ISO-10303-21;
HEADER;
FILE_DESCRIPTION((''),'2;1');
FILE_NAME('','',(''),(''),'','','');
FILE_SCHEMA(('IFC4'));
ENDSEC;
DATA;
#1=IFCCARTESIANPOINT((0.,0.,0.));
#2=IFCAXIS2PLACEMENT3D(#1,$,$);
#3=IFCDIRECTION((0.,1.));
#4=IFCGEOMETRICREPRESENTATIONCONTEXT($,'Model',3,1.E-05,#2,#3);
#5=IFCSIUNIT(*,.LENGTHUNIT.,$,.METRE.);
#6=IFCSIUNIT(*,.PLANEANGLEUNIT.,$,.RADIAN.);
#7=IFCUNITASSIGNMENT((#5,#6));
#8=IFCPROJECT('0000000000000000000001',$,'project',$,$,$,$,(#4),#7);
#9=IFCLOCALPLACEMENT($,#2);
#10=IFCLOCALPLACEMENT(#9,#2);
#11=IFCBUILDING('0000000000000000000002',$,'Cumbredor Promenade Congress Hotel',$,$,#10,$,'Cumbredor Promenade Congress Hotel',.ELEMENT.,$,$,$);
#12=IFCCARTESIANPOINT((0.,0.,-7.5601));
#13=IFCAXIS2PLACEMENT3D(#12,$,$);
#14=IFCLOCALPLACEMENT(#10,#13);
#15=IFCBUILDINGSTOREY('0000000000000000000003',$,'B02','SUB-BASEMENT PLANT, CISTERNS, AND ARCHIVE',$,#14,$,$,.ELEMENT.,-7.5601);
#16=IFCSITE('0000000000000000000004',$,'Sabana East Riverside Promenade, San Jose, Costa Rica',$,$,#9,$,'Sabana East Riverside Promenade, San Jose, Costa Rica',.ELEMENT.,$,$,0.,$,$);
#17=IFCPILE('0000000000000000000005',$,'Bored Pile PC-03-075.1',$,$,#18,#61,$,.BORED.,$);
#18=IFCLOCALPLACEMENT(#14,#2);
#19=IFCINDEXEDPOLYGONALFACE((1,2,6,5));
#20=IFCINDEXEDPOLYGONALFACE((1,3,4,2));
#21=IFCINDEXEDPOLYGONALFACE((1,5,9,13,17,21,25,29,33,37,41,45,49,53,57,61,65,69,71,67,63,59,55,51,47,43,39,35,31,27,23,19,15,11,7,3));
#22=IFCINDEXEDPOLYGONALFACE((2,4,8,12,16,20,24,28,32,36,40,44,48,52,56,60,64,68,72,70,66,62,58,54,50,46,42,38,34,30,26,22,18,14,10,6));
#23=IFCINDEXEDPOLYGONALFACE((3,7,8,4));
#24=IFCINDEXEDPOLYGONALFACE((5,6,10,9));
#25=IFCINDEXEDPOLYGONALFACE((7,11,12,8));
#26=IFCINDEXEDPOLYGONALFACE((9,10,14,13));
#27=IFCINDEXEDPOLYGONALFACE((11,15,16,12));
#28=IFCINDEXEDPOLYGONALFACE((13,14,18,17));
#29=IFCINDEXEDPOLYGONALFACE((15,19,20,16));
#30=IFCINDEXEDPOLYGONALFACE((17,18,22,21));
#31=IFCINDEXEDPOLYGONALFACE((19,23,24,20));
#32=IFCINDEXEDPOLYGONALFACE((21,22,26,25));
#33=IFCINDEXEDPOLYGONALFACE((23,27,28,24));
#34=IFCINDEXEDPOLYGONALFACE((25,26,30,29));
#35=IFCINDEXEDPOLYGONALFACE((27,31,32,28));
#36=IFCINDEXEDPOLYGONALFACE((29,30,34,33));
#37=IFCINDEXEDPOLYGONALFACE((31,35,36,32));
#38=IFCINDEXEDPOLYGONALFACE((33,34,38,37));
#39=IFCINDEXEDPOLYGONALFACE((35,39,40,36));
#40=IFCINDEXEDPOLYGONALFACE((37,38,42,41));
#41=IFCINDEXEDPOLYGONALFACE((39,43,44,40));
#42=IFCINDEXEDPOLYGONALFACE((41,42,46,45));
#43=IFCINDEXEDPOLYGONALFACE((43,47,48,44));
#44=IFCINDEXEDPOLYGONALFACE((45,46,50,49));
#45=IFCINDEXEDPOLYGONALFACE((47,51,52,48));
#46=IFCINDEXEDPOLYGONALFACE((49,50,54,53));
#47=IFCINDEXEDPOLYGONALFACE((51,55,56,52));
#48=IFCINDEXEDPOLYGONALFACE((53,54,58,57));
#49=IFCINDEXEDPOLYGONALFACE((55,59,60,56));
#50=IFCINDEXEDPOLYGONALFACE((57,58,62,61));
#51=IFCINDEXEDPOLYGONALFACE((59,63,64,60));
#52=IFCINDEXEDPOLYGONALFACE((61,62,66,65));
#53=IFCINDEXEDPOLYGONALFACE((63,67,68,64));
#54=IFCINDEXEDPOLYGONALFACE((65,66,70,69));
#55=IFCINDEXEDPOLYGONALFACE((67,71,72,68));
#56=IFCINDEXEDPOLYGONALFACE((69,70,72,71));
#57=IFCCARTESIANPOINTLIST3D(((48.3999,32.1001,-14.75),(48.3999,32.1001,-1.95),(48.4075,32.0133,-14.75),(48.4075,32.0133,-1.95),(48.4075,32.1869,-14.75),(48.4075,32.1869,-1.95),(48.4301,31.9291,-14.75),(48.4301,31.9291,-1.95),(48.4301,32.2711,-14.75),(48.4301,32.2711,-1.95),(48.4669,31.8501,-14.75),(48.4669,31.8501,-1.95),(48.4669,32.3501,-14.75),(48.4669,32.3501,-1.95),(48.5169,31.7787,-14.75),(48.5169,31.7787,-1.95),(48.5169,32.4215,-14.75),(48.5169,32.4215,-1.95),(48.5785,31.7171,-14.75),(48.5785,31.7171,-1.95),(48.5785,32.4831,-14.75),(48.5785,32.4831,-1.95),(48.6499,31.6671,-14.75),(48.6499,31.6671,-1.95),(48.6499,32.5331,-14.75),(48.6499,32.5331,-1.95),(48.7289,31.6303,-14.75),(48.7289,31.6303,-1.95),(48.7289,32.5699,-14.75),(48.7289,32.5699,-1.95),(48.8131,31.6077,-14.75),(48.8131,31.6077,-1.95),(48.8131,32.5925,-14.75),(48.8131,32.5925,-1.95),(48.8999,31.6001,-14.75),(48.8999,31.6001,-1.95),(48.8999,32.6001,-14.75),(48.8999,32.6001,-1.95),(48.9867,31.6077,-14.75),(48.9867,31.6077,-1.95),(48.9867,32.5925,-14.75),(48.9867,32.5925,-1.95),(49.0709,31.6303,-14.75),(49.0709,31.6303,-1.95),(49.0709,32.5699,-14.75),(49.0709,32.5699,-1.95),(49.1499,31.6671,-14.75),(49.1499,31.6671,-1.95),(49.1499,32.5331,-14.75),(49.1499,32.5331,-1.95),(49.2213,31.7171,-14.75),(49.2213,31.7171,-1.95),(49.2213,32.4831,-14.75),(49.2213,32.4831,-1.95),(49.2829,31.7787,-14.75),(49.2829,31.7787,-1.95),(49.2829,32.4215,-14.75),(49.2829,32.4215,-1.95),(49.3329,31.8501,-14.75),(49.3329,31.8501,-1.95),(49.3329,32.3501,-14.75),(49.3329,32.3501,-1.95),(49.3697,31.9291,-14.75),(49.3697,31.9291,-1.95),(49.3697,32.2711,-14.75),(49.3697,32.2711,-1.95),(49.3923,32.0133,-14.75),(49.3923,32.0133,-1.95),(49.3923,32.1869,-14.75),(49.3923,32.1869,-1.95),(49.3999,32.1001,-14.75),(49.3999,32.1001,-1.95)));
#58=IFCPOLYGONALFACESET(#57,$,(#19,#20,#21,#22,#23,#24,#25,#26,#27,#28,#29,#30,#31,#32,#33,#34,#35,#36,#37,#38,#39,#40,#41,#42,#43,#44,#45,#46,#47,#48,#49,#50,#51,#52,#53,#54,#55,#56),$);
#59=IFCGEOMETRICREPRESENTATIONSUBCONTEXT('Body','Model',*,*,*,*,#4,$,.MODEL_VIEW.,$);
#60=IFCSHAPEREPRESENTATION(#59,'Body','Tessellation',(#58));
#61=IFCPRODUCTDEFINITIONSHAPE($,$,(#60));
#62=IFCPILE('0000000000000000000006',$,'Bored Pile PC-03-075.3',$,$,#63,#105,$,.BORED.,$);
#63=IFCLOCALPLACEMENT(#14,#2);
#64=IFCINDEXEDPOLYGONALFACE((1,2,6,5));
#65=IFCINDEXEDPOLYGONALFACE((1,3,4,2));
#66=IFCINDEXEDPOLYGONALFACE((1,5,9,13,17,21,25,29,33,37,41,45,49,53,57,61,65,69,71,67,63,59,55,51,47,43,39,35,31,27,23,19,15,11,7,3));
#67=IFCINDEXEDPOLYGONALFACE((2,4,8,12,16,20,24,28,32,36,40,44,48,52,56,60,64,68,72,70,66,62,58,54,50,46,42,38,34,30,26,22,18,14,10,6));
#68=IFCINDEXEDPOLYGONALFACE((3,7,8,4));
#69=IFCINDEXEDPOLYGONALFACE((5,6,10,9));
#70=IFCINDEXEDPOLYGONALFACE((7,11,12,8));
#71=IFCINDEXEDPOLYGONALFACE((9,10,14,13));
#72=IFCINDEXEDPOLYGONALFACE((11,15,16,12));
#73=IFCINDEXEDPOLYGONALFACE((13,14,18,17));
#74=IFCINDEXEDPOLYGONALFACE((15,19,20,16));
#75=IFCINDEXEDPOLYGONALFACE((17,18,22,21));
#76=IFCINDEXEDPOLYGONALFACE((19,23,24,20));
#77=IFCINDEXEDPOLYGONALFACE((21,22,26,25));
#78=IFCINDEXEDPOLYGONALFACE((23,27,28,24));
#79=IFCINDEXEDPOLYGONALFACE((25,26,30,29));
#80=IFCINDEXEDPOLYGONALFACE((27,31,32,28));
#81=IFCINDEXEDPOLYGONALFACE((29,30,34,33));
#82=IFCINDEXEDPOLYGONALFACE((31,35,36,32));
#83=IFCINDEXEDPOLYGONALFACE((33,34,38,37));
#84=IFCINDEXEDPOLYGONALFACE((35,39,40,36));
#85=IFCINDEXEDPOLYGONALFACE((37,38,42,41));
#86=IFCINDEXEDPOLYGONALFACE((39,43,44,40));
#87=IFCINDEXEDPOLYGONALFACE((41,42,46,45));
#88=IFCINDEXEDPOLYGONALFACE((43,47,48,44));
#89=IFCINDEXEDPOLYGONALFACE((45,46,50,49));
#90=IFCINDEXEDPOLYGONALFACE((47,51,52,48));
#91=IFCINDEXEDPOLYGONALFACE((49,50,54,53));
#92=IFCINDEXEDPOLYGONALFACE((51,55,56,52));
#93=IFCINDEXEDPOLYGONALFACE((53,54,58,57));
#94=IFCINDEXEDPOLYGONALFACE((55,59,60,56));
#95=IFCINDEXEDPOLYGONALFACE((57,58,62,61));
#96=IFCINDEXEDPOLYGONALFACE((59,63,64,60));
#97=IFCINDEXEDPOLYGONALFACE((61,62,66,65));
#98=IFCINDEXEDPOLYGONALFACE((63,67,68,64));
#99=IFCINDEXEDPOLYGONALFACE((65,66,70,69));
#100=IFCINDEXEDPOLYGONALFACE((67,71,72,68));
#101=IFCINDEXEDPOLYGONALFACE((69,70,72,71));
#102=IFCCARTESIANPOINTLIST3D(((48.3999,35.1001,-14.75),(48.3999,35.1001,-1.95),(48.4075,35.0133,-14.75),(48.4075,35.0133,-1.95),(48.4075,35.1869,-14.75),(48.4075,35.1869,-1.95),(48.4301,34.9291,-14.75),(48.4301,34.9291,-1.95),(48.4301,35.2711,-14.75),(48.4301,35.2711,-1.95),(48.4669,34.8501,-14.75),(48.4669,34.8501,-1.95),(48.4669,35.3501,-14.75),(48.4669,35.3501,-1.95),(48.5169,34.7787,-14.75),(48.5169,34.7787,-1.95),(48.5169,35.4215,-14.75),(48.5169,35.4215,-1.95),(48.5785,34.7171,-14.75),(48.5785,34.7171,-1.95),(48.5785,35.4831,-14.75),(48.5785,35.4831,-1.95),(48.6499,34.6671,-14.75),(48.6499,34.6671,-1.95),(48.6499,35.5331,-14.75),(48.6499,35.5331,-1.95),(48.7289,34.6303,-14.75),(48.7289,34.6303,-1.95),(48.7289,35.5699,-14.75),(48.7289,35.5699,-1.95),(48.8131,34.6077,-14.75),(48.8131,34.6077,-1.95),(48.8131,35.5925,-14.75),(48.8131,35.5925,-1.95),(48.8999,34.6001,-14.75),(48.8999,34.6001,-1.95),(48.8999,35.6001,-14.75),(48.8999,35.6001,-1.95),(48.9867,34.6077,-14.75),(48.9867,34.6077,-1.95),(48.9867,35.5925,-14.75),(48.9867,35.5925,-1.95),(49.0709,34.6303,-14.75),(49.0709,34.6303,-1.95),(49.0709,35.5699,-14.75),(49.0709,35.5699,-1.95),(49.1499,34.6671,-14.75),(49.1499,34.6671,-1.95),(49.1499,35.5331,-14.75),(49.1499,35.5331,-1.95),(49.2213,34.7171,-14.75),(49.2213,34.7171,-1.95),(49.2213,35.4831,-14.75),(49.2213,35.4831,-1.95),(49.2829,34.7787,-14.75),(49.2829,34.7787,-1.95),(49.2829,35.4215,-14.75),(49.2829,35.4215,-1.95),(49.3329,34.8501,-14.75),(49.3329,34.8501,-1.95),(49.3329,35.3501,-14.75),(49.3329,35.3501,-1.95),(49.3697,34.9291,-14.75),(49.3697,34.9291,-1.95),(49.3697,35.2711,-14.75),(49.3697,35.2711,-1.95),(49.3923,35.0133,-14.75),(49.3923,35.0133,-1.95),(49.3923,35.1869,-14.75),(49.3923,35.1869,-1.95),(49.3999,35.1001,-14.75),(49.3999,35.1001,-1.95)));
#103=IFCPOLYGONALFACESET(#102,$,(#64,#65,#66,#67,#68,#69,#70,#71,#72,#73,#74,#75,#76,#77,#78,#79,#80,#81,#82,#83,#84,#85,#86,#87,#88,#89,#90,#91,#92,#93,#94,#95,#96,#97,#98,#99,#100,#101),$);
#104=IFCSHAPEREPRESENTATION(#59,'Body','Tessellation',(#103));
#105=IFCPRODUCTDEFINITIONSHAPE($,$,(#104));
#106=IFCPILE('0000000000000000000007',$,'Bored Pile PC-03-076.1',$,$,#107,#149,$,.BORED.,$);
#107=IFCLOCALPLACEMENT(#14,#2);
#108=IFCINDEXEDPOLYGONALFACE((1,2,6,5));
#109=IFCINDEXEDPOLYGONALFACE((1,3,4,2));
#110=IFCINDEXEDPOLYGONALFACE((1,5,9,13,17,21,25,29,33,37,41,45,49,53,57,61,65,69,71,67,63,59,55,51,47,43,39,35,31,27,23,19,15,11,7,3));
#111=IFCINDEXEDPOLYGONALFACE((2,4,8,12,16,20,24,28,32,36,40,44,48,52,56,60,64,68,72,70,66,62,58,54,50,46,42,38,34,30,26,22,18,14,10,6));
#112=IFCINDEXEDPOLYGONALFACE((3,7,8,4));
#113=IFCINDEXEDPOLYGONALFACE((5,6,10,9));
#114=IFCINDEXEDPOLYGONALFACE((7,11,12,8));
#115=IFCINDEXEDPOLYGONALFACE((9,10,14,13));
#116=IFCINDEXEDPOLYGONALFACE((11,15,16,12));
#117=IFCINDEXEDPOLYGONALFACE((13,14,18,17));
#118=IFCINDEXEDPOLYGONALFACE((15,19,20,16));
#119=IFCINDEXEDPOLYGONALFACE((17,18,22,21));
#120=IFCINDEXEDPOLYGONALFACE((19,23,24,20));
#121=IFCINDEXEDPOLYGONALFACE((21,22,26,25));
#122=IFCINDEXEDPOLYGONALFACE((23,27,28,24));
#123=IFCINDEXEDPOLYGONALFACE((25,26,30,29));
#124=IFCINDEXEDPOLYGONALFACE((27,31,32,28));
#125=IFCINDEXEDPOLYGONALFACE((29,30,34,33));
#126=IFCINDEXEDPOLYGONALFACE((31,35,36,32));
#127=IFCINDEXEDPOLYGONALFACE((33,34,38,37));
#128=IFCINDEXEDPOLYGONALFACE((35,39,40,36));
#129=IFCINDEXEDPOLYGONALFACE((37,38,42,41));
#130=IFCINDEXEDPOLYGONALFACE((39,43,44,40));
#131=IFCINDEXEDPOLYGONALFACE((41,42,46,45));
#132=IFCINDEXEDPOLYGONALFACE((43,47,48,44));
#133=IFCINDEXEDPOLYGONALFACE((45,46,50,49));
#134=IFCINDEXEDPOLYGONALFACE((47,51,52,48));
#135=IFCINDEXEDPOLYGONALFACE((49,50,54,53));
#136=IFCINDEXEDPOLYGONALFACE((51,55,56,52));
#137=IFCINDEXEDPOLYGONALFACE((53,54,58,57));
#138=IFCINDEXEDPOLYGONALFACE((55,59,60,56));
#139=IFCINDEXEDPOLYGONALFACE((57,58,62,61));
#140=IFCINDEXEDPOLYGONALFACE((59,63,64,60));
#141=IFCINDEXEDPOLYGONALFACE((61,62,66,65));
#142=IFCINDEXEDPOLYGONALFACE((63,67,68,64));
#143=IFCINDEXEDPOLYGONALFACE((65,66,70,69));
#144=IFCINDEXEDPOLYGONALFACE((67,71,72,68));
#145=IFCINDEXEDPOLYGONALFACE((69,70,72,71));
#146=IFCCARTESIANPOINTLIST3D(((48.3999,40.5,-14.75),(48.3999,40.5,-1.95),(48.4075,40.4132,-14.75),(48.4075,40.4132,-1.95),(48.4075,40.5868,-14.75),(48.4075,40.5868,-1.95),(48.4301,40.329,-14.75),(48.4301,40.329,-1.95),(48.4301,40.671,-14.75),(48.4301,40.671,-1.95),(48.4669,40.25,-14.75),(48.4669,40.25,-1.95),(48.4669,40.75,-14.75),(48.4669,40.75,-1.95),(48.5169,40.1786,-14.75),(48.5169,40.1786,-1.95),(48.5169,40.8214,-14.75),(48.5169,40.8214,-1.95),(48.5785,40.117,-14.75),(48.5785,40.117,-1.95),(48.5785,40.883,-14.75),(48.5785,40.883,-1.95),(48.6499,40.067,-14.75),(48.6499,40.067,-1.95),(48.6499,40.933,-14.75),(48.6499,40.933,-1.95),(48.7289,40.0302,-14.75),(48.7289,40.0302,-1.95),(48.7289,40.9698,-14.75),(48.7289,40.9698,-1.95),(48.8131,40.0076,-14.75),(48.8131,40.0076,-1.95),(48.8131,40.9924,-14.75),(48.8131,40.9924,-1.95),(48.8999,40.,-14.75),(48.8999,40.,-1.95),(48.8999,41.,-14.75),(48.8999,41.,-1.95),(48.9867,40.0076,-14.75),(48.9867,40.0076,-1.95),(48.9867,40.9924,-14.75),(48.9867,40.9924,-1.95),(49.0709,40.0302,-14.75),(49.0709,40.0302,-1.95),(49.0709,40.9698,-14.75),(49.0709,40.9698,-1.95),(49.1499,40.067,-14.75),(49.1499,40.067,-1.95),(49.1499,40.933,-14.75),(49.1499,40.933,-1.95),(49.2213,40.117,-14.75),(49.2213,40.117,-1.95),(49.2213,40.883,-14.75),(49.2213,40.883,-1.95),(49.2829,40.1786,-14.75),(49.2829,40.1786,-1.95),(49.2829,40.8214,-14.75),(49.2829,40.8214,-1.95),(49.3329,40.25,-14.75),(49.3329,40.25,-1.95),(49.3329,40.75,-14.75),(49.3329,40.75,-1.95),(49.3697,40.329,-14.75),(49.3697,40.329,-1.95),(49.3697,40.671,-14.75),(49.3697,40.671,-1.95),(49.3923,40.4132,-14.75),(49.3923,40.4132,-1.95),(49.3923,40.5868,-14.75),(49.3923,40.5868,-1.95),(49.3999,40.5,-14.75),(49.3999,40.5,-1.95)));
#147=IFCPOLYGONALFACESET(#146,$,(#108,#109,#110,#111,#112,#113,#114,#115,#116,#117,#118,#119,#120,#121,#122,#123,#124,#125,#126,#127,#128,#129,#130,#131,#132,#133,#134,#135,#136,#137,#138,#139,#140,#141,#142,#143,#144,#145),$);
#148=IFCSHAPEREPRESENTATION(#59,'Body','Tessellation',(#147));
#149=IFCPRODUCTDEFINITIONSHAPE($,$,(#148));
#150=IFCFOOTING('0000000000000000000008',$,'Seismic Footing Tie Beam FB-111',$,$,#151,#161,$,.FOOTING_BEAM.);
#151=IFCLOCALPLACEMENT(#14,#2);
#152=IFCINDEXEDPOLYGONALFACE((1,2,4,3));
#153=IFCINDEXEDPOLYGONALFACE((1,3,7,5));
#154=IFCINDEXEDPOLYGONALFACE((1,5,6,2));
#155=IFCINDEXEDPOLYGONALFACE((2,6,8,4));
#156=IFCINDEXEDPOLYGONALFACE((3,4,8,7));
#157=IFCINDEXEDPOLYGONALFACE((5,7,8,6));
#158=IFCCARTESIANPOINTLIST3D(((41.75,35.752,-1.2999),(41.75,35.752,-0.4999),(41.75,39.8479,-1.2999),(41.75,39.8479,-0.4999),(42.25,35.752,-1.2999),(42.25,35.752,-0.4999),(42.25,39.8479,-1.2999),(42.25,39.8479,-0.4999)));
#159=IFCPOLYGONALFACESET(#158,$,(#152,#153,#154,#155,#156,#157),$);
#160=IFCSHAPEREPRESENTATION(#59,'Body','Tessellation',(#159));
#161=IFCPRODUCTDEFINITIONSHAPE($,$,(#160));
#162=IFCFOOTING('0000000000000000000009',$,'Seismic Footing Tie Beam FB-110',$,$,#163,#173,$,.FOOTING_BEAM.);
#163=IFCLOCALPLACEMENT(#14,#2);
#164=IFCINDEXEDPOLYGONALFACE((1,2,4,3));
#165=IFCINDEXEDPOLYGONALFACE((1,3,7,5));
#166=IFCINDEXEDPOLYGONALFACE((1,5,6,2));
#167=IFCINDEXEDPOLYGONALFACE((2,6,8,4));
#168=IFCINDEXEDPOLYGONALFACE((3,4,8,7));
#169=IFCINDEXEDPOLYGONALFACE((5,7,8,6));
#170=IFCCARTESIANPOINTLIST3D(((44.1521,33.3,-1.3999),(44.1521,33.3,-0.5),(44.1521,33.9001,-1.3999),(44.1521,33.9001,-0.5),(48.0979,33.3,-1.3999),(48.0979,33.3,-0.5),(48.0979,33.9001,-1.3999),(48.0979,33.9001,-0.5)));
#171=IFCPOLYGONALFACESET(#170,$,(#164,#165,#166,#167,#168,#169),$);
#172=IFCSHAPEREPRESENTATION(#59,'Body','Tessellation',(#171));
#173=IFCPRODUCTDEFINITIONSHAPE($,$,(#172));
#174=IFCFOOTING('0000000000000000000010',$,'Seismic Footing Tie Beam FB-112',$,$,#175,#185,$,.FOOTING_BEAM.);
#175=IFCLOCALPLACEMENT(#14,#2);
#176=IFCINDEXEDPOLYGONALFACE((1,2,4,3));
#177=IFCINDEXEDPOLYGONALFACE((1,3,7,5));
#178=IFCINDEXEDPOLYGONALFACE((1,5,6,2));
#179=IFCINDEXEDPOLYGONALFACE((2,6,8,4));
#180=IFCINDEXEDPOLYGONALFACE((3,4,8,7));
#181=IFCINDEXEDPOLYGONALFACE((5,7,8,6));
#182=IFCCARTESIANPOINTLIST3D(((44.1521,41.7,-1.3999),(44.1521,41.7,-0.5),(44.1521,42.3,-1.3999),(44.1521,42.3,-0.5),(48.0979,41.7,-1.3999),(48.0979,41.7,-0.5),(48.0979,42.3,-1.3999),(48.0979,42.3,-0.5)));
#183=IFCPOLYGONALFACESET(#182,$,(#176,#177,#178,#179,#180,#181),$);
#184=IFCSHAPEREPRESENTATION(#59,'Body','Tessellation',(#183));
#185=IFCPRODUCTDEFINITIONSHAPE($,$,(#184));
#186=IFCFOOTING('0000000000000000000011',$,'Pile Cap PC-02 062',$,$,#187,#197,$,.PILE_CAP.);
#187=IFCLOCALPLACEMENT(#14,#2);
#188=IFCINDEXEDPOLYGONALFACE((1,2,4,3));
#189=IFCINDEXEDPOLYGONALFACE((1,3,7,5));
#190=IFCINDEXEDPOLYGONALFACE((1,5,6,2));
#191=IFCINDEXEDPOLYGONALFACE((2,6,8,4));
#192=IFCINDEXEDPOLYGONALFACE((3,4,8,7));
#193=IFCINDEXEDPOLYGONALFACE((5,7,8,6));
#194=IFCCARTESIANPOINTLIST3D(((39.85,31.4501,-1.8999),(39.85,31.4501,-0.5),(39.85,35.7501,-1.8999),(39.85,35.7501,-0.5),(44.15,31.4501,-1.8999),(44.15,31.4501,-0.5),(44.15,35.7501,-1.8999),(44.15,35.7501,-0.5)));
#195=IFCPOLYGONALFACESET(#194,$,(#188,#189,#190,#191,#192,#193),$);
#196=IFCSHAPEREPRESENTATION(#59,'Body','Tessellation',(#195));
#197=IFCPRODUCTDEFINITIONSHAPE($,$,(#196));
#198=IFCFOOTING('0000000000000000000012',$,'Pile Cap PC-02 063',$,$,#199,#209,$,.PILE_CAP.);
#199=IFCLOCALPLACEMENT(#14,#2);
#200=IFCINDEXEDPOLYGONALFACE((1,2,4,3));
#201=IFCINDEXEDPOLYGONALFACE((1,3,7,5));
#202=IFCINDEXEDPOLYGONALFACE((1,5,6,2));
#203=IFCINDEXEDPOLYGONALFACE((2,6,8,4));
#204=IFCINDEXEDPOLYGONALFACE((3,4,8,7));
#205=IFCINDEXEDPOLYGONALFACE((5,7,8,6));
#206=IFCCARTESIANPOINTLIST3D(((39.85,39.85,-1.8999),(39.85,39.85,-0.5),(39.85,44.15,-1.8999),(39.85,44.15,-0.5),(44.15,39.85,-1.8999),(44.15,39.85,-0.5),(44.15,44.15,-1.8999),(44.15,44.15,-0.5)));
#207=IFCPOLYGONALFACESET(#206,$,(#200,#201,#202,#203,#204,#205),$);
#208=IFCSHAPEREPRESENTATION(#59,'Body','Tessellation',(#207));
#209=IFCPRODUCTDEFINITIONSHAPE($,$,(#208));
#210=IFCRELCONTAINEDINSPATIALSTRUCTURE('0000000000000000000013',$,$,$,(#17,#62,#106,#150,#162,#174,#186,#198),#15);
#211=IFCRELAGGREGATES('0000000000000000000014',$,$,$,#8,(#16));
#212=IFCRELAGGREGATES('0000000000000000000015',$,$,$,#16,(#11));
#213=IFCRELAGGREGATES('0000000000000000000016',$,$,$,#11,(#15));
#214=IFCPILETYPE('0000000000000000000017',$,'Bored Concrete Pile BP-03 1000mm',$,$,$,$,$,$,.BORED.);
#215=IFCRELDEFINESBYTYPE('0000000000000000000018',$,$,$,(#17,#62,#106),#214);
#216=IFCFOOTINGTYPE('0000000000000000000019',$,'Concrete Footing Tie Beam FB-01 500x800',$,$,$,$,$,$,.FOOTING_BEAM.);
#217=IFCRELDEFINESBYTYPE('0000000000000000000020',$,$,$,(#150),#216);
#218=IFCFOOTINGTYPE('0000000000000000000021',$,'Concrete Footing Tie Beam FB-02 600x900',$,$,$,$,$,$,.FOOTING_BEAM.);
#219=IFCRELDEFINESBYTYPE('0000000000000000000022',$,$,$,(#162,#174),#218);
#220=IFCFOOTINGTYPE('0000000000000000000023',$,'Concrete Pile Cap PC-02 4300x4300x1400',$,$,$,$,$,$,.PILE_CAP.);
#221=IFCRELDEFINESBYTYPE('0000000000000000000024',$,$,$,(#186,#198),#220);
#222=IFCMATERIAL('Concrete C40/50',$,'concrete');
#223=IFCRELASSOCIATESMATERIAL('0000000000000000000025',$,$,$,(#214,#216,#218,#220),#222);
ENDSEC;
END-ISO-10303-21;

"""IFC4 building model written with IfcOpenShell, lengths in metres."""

from ifc_helpers import new_model, si_unit, direction, frame, origin, origin_2d, place, context, subcontext, project, spatial, rectangle, circle, extrude, material, material_profile, profile_set, type_object, element, save


model = new_model("IFC4")

# Units and contexts
model_context = context("Model", 3, precision=1e-05, world=origin(), true_north=direction((0.0, 1.0)))
body_context = subcontext(model_context, "Body", "Model", "MODEL_VIEW")
ifc_project = project(units=[si_unit("LENGTHUNIT", "METRE"), si_unit("PLANEANGLEUNIT", "RADIAN")], contexts=[model_context])

# Site, building, storey
site_placement = place(None, origin())
site = spatial("IfcSite", under=ifc_project, at=site_placement, Name="Sabana East Riverside Promenade, San Jose, Costa Rica", LongName="Sabana East Riverside Promenade, San Jose, Costa Rica", CompositionType="ELEMENT", RefElevation=0.0)
building_placement = place(site_placement, origin())
building = spatial("IfcBuilding", under=site, at=building_placement, Name="Cumbredor Promenade Congress Hotel", LongName="Cumbredor Promenade Congress Hotel", CompositionType="ELEMENT")
storey_placement = place(building_placement, frame((0.0, 0.0, -7.5601)))
storey = spatial("IfcBuildingStorey", under=building, at=storey_placement, Name="B02", Description="SUB-BASEMENT PLANT, CISTERNS, AND ARCHIVE", CompositionType="ELEMENT", Elevation=-7.5601)

# Piles
ifc_material_1 = material(Name="Concrete C40/50", Category="concrete")
ifc_material_profile_1 = material_profile(ifc_material_1, circle(Radius=0.5, at=origin_2d()), Name="PILE D1000")
ifc_profile_set_1 = profile_set([ifc_material_profile_1], Name="Concrete C40/50")
pile_type_1 = type_object("IfcPileType", Name="Bored Concrete Pile BP-03 1000mm", PredefinedType="BORED", material=ifc_profile_set_1)
for number, where, z_axis, x_axis, name in (
    (1, (48.8999, 32.1001, -1.95), (0.0, 0.0, -1.0), (1.0, 0.0, 0.0), "Bored Pile PC-03-075.1"),
    (2, (48.8999, 35.1001, -1.95), (0.0, 0.0, -1.0), (1.0, 0.0, 0.0), "Bored Pile PC-03-075.3"),
    (3, (48.8999, 40.5, -1.95), (0.0, 0.0, -1.0), (1.0, 0.0, 0.0), "Bored Pile PC-03-076.1"),
):
    element("IfcPile", number, at=place(storey_placement, frame(where, z_axis=z_axis, x_axis=x_axis)), inside=storey, type_object=pile_type_1, Name=name, PredefinedType="BORED", context=body_context, shape_type="SweptSolid", body=[
        extrude(circle(Radius=0.5, at=origin_2d()), origin(), (0.0, 0.0, 1.0), 12.8),
    ])

# Footings
ifc_material_profile_2 = material_profile(ifc_material_1, rectangle(XDim=0.5, YDim=0.8, at=origin_2d()), Name="FB 500x800")
ifc_profile_set_2 = profile_set([ifc_material_profile_2], Name="Concrete C40/50")
footing_type_1 = type_object("IfcFootingType", Name="Concrete Footing Tie Beam FB-01 500x800", PredefinedType="FOOTING_BEAM", material=ifc_profile_set_2)
footing_placement = place(storey_placement, frame((42.0, 35.752, -0.8999), z_axis=(0.0, 1.0, 0.0), x_axis=(-1.0, 0.0, 0.0)))
element("IfcFooting", 4, at=footing_placement, inside=storey, type_object=footing_type_1, Name="Seismic Footing Tie Beam FB-111", PredefinedType="FOOTING_BEAM", context=body_context, shape_type="SweptSolid", body=[
    extrude(rectangle(XDim=0.5, YDim=0.8, at=origin_2d()), origin(), (0.0, 0.0, 1.0), 4.0959),
])
ifc_material_profile_3 = material_profile(ifc_material_1, rectangle(XDim=0.6001, YDim=0.8999, at=origin_2d()), Name="FB 600x900")
ifc_profile_set_3 = profile_set([ifc_material_profile_3], Name="Concrete C40/50")
footing_type_2 = type_object("IfcFootingType", Name="Concrete Footing Tie Beam FB-02 600x900", PredefinedType="FOOTING_BEAM", material=ifc_profile_set_3)
for number, where, z_axis, x_axis, name in (
    (5, (44.1521, 33.6001, -0.95), (1.0, 0.0, 0.0), (0.0, 1.0, 0.0), "Seismic Footing Tie Beam FB-110"),
    (6, (44.1521, 42.0, -0.95), (1.0, 0.0, 0.0), (0.0, 1.0, 0.0), "Seismic Footing Tie Beam FB-112"),
):
    element("IfcFooting", number, at=place(storey_placement, frame(where, z_axis=z_axis, x_axis=x_axis)), inside=storey, type_object=footing_type_2, Name=name, PredefinedType="FOOTING_BEAM", context=body_context, shape_type="SweptSolid", body=[
        extrude(rectangle(XDim=0.6001, YDim=0.8999, at=origin_2d()), origin(), (0.0, 0.0, 1.0), 3.9458),
    ])
footing_type_3 = type_object("IfcFootingType", Name="Concrete Pile Cap PC-02 4300x4300x1400", PredefinedType="PILE_CAP", material=ifc_material_1)
for number, where, z_axis, x_axis, name in (
    (7, (42.0, 33.6001, -1.8999), (0.0, 0.0, 1.0), (1.0, 0.0, 0.0), "Pile Cap PC-02 062"),
    (8, (42.0, 42.0, -1.8999), (0.0, 0.0, 1.0), (1.0, 0.0, 0.0), "Pile Cap PC-02 063"),
):
    element("IfcFooting", number, at=place(storey_placement, frame(where, z_axis=z_axis, x_axis=x_axis)), inside=storey, type_object=footing_type_3, Name=name, PredefinedType="PILE_CAP", context=body_context, shape_type="SweptSolid", body=[
        extrude(rectangle(XDim=4.3, YDim=4.3, at=origin_2d()), origin(), (0.0, 0.0, 1.0), 1.3999),
    ])

save(model, "model.ifc")
